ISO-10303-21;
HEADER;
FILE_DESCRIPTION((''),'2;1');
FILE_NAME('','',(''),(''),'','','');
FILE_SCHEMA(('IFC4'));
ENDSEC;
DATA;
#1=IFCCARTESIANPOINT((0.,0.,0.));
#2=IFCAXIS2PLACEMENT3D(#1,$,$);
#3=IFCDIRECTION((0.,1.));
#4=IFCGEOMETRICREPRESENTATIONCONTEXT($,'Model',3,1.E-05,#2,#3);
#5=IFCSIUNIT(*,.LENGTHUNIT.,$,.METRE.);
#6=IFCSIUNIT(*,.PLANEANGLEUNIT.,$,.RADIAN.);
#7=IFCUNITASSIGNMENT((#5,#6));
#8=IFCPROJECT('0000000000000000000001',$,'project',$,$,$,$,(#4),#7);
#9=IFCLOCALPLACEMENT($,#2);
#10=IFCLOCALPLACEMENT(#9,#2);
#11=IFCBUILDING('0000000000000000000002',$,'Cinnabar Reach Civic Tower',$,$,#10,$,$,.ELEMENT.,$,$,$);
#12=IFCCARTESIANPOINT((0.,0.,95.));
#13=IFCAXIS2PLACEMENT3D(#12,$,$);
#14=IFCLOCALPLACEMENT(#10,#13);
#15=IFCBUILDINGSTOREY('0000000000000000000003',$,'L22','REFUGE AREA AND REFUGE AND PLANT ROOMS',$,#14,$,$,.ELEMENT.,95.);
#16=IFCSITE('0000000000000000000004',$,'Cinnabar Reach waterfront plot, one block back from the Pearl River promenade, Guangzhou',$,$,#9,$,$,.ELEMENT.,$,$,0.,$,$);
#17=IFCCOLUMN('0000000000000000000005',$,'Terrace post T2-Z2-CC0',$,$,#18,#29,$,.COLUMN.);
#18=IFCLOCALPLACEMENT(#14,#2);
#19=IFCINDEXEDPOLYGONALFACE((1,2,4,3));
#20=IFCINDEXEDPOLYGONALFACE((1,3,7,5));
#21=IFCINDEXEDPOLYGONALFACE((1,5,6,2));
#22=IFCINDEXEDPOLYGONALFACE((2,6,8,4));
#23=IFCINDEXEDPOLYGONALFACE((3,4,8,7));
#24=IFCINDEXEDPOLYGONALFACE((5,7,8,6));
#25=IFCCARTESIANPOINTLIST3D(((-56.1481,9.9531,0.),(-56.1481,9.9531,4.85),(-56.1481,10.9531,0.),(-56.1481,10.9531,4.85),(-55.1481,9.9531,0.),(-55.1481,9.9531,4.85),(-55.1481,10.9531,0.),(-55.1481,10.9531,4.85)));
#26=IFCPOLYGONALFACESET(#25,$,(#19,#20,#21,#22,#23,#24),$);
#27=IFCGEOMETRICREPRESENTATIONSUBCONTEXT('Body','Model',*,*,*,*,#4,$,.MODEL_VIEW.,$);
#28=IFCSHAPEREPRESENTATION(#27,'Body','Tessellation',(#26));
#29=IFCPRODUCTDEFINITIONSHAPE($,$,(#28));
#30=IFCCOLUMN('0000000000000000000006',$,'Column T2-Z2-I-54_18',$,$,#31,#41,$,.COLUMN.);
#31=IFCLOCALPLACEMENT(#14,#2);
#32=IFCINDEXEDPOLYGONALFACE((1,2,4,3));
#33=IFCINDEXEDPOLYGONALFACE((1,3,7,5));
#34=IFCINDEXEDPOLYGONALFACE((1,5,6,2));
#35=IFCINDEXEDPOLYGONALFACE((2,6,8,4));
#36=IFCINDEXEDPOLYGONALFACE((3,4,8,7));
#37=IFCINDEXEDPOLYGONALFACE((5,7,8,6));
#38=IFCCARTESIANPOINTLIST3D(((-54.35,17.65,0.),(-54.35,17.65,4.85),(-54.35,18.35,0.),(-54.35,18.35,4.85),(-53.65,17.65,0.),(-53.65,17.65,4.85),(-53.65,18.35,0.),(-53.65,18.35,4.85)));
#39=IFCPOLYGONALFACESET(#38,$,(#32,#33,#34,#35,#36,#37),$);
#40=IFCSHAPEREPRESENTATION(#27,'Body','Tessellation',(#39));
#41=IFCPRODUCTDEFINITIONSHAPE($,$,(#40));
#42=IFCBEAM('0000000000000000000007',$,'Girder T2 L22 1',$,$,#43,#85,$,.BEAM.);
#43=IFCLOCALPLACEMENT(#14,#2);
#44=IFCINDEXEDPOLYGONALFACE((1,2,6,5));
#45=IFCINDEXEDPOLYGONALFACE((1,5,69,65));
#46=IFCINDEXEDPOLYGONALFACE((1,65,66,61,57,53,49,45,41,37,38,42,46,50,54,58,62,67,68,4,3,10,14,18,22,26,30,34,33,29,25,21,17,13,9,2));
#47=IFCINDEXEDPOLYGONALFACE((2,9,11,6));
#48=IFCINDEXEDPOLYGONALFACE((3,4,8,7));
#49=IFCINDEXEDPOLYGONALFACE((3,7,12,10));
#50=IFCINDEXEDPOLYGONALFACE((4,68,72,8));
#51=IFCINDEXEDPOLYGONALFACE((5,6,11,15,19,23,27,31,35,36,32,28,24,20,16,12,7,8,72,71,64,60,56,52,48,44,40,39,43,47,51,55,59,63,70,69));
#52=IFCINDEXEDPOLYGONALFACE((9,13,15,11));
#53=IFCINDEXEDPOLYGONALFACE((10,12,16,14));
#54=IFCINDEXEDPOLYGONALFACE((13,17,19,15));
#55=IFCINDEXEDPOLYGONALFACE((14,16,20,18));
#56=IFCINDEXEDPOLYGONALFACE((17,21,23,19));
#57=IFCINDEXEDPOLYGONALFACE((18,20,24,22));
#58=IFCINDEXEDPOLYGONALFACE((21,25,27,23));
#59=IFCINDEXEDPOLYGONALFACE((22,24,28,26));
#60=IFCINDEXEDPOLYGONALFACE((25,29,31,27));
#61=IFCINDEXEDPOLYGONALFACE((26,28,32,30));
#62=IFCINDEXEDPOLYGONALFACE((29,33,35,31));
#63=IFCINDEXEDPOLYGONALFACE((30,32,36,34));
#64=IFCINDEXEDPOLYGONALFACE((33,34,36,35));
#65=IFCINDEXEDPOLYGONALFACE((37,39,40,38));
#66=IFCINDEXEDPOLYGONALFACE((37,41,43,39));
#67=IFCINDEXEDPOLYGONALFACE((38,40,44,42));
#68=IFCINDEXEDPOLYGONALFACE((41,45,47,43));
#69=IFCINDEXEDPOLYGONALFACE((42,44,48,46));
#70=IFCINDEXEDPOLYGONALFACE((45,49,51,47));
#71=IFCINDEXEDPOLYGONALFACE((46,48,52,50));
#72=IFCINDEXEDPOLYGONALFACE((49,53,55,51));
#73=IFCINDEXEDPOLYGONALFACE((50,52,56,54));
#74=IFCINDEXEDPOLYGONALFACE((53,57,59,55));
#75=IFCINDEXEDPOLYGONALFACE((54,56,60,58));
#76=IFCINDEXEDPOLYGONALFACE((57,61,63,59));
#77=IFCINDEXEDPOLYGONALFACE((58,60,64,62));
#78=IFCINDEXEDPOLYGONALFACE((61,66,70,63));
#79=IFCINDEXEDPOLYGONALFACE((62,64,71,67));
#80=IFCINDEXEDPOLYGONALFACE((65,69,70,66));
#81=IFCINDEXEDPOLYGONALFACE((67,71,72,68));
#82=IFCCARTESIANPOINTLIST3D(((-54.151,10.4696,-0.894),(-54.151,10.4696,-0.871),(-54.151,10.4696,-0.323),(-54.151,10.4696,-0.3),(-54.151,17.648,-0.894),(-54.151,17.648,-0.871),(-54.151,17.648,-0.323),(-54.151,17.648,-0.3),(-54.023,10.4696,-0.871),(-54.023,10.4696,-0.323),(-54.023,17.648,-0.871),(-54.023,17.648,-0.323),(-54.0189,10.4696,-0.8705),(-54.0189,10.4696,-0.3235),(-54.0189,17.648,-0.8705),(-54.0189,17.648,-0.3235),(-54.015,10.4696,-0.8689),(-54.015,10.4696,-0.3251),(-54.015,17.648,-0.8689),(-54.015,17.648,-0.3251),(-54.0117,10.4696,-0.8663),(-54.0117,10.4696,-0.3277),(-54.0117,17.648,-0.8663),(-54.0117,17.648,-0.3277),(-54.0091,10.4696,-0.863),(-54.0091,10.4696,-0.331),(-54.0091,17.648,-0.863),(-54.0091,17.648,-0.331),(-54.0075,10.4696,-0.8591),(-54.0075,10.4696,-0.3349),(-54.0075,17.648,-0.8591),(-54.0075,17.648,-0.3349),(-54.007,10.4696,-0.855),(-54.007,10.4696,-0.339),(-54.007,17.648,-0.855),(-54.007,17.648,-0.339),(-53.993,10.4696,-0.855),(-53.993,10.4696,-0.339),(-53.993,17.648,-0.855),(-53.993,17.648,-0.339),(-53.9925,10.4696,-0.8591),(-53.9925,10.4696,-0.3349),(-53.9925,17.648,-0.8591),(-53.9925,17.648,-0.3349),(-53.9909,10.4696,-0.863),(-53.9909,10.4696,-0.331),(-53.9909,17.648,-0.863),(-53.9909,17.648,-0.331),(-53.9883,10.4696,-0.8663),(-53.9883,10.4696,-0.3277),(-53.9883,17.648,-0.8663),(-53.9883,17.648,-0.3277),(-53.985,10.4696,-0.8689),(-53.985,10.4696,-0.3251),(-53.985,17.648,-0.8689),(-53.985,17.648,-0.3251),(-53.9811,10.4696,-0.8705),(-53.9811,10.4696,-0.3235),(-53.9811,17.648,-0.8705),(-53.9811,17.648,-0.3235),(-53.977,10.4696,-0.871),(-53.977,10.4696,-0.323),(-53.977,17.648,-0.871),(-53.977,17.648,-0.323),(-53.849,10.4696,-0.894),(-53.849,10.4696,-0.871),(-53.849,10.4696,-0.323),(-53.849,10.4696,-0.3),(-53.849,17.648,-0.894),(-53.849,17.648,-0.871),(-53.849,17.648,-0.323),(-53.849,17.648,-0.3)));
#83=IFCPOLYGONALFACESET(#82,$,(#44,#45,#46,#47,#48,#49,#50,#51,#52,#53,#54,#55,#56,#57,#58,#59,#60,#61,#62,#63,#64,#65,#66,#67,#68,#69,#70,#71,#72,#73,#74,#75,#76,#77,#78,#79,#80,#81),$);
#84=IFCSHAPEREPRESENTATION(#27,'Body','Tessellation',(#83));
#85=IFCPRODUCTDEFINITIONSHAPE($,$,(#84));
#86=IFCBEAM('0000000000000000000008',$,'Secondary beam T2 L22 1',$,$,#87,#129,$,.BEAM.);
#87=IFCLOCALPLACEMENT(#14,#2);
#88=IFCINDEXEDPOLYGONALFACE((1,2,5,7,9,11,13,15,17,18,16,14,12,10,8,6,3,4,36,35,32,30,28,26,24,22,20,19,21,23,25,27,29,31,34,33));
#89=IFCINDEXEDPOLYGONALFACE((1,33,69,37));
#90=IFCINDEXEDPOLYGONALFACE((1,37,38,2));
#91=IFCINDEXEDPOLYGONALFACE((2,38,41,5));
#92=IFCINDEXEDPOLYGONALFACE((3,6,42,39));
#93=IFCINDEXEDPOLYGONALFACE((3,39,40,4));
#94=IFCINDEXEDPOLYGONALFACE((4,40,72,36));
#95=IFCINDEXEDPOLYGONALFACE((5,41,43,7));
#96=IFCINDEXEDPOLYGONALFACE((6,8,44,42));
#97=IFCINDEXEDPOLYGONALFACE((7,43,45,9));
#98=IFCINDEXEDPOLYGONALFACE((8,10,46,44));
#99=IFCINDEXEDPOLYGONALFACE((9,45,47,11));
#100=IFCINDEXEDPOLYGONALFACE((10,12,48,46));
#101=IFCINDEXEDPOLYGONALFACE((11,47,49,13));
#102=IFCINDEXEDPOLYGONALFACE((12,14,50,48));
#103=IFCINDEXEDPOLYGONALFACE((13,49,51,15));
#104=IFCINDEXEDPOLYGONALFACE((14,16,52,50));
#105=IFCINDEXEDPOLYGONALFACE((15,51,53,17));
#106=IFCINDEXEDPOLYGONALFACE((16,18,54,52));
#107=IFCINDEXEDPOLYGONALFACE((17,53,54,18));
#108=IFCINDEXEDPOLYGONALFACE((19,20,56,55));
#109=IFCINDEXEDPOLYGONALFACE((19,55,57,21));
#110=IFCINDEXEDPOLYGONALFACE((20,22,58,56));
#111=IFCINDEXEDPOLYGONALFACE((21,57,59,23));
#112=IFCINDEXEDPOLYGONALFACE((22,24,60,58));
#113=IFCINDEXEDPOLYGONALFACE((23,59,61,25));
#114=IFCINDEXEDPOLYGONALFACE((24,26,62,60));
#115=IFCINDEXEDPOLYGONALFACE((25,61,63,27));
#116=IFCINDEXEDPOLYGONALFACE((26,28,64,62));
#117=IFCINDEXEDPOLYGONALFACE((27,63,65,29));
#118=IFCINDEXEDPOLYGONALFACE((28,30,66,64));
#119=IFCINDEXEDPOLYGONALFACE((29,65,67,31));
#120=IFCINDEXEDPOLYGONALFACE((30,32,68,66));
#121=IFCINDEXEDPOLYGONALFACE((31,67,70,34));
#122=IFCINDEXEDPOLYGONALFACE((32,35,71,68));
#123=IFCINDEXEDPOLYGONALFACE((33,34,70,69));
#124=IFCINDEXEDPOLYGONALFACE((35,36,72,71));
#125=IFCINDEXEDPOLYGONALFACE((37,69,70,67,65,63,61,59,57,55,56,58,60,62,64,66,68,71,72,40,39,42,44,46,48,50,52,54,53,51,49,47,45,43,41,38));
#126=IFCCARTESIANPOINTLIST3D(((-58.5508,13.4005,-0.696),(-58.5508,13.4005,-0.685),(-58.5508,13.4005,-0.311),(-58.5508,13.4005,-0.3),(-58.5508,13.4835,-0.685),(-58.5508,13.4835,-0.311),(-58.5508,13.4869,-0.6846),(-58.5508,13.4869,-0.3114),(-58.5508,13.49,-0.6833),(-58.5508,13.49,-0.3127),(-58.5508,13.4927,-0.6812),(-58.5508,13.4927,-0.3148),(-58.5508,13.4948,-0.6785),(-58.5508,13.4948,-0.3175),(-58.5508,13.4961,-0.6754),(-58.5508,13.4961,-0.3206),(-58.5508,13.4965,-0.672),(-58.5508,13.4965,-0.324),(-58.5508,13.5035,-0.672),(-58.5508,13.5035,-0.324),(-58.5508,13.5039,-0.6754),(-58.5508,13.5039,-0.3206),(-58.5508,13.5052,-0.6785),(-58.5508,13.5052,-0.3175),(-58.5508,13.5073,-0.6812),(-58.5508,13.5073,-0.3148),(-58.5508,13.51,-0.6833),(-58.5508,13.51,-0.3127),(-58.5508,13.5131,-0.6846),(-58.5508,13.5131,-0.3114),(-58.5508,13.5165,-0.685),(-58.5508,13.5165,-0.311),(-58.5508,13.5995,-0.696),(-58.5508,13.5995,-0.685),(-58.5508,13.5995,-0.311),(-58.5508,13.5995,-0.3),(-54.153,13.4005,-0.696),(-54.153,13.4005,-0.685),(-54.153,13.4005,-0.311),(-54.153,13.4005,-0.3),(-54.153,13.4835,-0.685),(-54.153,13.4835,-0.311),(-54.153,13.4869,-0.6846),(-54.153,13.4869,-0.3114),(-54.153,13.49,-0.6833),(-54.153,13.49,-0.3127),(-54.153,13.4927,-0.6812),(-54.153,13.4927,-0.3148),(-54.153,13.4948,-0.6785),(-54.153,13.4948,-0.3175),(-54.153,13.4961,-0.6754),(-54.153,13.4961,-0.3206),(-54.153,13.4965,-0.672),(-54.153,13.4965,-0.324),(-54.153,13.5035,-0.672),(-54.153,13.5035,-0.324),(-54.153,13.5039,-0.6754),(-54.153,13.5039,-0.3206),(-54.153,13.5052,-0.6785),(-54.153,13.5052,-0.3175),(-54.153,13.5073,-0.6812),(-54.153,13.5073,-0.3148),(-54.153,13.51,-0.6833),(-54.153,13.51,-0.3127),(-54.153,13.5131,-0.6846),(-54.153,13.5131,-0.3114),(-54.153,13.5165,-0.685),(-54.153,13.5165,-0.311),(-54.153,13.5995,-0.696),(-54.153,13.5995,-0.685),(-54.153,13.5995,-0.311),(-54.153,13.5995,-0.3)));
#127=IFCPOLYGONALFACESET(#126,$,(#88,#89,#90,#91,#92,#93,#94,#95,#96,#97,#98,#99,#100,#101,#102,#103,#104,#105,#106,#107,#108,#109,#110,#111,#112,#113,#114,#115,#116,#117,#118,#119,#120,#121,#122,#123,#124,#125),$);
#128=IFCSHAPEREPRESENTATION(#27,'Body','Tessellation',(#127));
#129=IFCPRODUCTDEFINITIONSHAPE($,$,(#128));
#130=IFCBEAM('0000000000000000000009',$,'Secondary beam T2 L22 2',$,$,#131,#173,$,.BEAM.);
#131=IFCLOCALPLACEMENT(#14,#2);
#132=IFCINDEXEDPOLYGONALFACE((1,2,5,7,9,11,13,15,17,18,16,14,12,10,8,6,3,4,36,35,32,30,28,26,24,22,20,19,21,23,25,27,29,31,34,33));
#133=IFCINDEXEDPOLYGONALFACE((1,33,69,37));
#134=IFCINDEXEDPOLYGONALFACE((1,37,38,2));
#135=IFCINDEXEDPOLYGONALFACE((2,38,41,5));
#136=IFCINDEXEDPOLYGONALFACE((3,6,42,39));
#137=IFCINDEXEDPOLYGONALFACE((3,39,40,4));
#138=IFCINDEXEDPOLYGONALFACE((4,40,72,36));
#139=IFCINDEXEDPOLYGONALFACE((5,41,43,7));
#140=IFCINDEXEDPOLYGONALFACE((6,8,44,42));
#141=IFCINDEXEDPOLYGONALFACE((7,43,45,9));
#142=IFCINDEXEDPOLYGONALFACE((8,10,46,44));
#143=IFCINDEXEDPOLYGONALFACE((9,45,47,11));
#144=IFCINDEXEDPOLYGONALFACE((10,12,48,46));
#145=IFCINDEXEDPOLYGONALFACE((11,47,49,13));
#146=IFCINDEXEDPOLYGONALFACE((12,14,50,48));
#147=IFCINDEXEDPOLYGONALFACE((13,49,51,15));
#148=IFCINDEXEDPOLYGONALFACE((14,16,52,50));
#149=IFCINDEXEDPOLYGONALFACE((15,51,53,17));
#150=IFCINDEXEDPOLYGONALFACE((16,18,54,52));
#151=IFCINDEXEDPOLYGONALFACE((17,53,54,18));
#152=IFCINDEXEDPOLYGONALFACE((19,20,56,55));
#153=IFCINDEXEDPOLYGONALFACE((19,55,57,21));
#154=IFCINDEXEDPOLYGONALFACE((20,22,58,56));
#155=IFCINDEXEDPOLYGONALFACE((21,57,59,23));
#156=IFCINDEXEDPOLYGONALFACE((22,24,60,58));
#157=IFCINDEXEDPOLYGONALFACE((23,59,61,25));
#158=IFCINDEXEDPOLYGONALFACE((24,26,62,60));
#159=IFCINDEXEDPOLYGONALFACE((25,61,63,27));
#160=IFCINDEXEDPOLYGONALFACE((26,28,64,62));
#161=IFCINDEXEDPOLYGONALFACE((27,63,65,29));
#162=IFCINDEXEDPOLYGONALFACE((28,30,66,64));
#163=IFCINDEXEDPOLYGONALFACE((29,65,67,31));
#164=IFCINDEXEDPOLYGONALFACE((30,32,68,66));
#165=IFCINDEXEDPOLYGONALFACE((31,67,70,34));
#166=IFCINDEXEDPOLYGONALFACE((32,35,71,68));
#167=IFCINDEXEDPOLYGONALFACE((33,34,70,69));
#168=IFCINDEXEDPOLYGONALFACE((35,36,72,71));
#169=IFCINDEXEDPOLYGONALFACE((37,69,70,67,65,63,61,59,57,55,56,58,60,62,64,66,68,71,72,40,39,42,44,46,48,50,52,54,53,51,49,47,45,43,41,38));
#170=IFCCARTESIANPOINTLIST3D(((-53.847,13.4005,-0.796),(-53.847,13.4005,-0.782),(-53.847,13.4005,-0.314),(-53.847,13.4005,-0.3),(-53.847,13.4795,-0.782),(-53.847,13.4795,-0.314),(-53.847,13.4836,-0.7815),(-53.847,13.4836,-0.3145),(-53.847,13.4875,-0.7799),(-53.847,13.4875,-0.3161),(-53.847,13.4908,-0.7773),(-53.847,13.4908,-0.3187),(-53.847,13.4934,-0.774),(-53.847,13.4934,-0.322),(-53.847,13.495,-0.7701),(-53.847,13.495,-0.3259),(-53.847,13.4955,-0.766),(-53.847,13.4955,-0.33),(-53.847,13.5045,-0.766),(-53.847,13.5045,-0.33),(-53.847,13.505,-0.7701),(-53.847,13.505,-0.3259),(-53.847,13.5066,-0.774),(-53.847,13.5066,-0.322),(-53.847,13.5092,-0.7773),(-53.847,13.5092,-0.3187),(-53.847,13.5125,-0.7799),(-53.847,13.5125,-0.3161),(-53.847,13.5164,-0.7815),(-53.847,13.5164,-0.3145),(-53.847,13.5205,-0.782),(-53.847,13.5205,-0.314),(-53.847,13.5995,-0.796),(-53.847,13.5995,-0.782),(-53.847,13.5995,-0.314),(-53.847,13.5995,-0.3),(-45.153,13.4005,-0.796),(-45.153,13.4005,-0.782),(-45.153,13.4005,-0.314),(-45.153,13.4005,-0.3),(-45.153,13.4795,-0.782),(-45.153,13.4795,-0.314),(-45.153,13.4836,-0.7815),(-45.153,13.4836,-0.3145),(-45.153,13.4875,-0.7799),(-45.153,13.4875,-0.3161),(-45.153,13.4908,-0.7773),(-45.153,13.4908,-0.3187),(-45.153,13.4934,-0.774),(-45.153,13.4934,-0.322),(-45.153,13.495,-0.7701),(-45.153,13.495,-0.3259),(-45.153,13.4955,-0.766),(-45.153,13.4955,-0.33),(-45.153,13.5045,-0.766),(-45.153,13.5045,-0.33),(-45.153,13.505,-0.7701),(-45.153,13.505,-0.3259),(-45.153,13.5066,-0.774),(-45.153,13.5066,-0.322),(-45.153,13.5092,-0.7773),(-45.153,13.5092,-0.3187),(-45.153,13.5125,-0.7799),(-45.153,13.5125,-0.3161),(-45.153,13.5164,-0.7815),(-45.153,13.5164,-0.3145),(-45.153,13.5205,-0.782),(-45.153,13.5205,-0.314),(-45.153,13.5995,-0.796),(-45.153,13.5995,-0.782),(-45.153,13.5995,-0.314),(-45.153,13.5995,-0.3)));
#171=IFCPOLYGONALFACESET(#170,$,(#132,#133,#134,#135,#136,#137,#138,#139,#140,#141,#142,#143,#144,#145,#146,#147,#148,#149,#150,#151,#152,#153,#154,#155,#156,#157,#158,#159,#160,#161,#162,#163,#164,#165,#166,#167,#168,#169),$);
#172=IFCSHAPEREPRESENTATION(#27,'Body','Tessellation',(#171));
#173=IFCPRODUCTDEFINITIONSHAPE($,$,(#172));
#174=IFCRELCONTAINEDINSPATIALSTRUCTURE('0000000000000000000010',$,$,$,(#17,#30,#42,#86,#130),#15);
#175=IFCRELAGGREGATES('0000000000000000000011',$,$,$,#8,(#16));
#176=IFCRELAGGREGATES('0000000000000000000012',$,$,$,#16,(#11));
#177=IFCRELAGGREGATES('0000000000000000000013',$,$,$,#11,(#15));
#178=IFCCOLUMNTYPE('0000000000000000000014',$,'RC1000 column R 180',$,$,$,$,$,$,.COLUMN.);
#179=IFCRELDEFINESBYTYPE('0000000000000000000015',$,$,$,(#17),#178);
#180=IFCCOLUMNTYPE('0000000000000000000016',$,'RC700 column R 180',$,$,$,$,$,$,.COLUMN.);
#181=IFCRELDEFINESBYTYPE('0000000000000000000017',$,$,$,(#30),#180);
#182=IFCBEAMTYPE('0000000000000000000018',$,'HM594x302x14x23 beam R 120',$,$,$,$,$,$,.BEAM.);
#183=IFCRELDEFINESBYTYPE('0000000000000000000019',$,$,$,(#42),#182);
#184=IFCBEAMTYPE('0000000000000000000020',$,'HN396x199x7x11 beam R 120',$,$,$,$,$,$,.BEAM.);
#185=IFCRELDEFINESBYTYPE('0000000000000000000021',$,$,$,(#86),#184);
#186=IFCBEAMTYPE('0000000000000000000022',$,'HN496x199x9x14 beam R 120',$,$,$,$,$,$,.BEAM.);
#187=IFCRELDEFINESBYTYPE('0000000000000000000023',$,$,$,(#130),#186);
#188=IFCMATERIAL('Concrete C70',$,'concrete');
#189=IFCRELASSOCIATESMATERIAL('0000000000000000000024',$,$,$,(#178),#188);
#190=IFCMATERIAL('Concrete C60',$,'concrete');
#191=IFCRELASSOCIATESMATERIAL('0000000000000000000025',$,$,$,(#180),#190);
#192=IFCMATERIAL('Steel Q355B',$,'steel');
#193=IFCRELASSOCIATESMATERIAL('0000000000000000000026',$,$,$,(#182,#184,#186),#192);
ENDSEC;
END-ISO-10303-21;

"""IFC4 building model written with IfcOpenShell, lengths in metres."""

from ifc_helpers import new_model, si_unit, direction, frame, origin, origin_2d, place, context, subcontext, project, spatial, rectangle, i_section, extrude, material, material_profile, profile_set, type_object, element, save


model = new_model("IFC4")

# Units and contexts
model_context = context("Model", 3, precision=1e-05, world=origin(), true_north=direction((0.0, 1.0)))
body_context = subcontext(model_context, "Body", "Model", "MODEL_VIEW")
ifc_project = project(units=[si_unit("LENGTHUNIT", "METRE"), si_unit("PLANEANGLEUNIT", "RADIAN")], contexts=[model_context])

# Site, building, storey
site_placement = place(None, origin())
site = spatial("IfcSite", under=ifc_project, at=site_placement, Name="Cinnabar Reach waterfront plot, one block back from the Pearl River promenade, Guangzhou", CompositionType="ELEMENT", RefElevation=0.0)
building_placement = place(site_placement, origin())
building = spatial("IfcBuilding", under=site, at=building_placement, Name="Cinnabar Reach Civic Tower", CompositionType="ELEMENT")
storey_placement = place(building_placement, frame((0.0, 0.0, 95.0)))
storey = spatial("IfcBuildingStorey", under=building, at=storey_placement, Name="L22", Description="REFUGE AREA AND REFUGE AND PLANT ROOMS", CompositionType="ELEMENT", Elevation=95.0)

# Columns
ifc_material_1 = material(Name="Concrete C70", Category="concrete")
ifc_material_profile_1 = material_profile(ifc_material_1, rectangle(XDim=1.0, YDim=1.0, at=origin_2d()), Name="RC1000")
ifc_profile_set_1 = profile_set([ifc_material_profile_1], Name="Concrete C70")
column_type_1 = type_object("IfcColumnType", Name="RC1000 column R 180", PredefinedType="COLUMN", material=ifc_profile_set_1)
column_1_placement = place(storey_placement, frame((-55.6481, 10.4531, 0.0), z_axis=(0.0, 0.0, 1.0), x_axis=(1.0, 0.0, 0.0)))
element("IfcColumn", 1, at=column_1_placement, inside=storey, type_object=column_type_1, Name="Terrace post T2-Z2-CC0", PredefinedType="COLUMN", context=body_context, shape_type="SweptSolid", body=[
    extrude(rectangle(XDim=1.0, YDim=1.0, at=origin_2d()), origin(), (0.0, 0.0, 1.0), 4.85),
])
ifc_material_2 = material(Name="Concrete C60", Category="concrete")
ifc_material_profile_2 = material_profile(ifc_material_2, rectangle(XDim=0.7, YDim=0.7, at=origin_2d()), Name="RC700")
ifc_profile_set_2 = profile_set([ifc_material_profile_2], Name="Concrete C60")
column_type_2 = type_object("IfcColumnType", Name="RC700 column R 180", PredefinedType="COLUMN", material=ifc_profile_set_2)
column_2_placement = place(storey_placement, frame((-54.0, 18.0, 0.0), z_axis=(0.0, 0.0, 1.0), x_axis=(1.0, 0.0, 0.0)))
element("IfcColumn", 2, at=column_2_placement, inside=storey, type_object=column_type_2, Name="Column T2-Z2-I-54_18", PredefinedType="COLUMN", context=body_context, shape_type="SweptSolid", body=[
    extrude(rectangle(XDim=0.7, YDim=0.7, at=origin_2d()), origin(), (0.0, 0.0, 1.0), 4.85),
])

# Beams
ifc_material_3 = material(Name="Steel Q355B", Category="steel")
ifc_material_profile_3 = material_profile(ifc_material_3, i_section(OverallWidth=0.302, OverallDepth=0.594, WebThickness=0.014, FlangeThickness=0.023, FilletRadius=0.016, at=origin_2d()), Name="HM594x302x14x23")
ifc_profile_set_3 = profile_set([ifc_material_profile_3], Name="Steel Q355B")
beam_type_1 = type_object("IfcBeamType", Name="HM594x302x14x23 beam R 120", PredefinedType="BEAM", material=ifc_profile_set_3)
beam_1_placement = place(storey_placement, frame((-54.0, 10.4696, -0.597), z_axis=(0.0, 1.0, 0.0), x_axis=(-1.0, 0.0, 0.0)))
element("IfcBeam", 3, at=beam_1_placement, inside=storey, type_object=beam_type_1, Name="Girder T2 L22 1", PredefinedType="BEAM", context=body_context, shape_type="SweptSolid", body=[
    extrude(i_section(OverallWidth=0.302, OverallDepth=0.594, WebThickness=0.014, FlangeThickness=0.023, FilletRadius=0.016, at=origin_2d()), origin(), (0.0, 0.0, 1.0), 7.1784),
])
ifc_material_profile_4 = material_profile(ifc_material_3, i_section(OverallWidth=0.199, OverallDepth=0.396, WebThickness=0.007, FlangeThickness=0.011, FilletRadius=0.013, at=origin_2d()), Name="HN396x199x7x11")
ifc_profile_set_4 = profile_set([ifc_material_profile_4], Name="Steel Q355B")
beam_type_2 = type_object("IfcBeamType", Name="HN396x199x7x11 beam R 120", PredefinedType="BEAM", material=ifc_profile_set_4)
beam_2_placement = place(storey_placement, frame((-58.5508, 13.5, -0.498), z_axis=(1.0, 0.0, 0.0), x_axis=(0.0, 1.0, 0.0)))
element("IfcBeam", 4, at=beam_2_placement, inside=storey, type_object=beam_type_2, Name="Secondary beam T2 L22 1", PredefinedType="BEAM", context=body_context, shape_type="SweptSolid", body=[
    extrude(i_section(OverallWidth=0.199, OverallDepth=0.396, WebThickness=0.007, FlangeThickness=0.011, FilletRadius=0.013, at=origin_2d()), origin(), (0.0, 0.0, 1.0), 4.3978),
])
ifc_material_profile_5 = material_profile(ifc_material_3, i_section(OverallWidth=0.199, OverallDepth=0.496, WebThickness=0.009, FlangeThickness=0.014, FilletRadius=0.016, at=origin_2d()), Name="HN496x199x9x14")
ifc_profile_set_5 = profile_set([ifc_material_profile_5], Name="Steel Q355B")
beam_type_3 = type_object("IfcBeamType", Name="HN496x199x9x14 beam R 120", PredefinedType="BEAM", material=ifc_profile_set_5)
beam_3_placement = place(storey_placement, frame((-53.847, 13.5, -0.548), z_axis=(1.0, 0.0, 0.0), x_axis=(0.0, 1.0, 0.0)))
element("IfcBeam", 5, at=beam_3_placement, inside=storey, type_object=beam_type_3, Name="Secondary beam T2 L22 2", PredefinedType="BEAM", context=body_context, shape_type="SweptSolid", body=[
    extrude(i_section(OverallWidth=0.199, OverallDepth=0.496, WebThickness=0.009, FlangeThickness=0.014, FilletRadius=0.016, at=origin_2d()), origin(), (0.0, 0.0, 1.0), 8.694),
])

save(model, "model.ifc")
